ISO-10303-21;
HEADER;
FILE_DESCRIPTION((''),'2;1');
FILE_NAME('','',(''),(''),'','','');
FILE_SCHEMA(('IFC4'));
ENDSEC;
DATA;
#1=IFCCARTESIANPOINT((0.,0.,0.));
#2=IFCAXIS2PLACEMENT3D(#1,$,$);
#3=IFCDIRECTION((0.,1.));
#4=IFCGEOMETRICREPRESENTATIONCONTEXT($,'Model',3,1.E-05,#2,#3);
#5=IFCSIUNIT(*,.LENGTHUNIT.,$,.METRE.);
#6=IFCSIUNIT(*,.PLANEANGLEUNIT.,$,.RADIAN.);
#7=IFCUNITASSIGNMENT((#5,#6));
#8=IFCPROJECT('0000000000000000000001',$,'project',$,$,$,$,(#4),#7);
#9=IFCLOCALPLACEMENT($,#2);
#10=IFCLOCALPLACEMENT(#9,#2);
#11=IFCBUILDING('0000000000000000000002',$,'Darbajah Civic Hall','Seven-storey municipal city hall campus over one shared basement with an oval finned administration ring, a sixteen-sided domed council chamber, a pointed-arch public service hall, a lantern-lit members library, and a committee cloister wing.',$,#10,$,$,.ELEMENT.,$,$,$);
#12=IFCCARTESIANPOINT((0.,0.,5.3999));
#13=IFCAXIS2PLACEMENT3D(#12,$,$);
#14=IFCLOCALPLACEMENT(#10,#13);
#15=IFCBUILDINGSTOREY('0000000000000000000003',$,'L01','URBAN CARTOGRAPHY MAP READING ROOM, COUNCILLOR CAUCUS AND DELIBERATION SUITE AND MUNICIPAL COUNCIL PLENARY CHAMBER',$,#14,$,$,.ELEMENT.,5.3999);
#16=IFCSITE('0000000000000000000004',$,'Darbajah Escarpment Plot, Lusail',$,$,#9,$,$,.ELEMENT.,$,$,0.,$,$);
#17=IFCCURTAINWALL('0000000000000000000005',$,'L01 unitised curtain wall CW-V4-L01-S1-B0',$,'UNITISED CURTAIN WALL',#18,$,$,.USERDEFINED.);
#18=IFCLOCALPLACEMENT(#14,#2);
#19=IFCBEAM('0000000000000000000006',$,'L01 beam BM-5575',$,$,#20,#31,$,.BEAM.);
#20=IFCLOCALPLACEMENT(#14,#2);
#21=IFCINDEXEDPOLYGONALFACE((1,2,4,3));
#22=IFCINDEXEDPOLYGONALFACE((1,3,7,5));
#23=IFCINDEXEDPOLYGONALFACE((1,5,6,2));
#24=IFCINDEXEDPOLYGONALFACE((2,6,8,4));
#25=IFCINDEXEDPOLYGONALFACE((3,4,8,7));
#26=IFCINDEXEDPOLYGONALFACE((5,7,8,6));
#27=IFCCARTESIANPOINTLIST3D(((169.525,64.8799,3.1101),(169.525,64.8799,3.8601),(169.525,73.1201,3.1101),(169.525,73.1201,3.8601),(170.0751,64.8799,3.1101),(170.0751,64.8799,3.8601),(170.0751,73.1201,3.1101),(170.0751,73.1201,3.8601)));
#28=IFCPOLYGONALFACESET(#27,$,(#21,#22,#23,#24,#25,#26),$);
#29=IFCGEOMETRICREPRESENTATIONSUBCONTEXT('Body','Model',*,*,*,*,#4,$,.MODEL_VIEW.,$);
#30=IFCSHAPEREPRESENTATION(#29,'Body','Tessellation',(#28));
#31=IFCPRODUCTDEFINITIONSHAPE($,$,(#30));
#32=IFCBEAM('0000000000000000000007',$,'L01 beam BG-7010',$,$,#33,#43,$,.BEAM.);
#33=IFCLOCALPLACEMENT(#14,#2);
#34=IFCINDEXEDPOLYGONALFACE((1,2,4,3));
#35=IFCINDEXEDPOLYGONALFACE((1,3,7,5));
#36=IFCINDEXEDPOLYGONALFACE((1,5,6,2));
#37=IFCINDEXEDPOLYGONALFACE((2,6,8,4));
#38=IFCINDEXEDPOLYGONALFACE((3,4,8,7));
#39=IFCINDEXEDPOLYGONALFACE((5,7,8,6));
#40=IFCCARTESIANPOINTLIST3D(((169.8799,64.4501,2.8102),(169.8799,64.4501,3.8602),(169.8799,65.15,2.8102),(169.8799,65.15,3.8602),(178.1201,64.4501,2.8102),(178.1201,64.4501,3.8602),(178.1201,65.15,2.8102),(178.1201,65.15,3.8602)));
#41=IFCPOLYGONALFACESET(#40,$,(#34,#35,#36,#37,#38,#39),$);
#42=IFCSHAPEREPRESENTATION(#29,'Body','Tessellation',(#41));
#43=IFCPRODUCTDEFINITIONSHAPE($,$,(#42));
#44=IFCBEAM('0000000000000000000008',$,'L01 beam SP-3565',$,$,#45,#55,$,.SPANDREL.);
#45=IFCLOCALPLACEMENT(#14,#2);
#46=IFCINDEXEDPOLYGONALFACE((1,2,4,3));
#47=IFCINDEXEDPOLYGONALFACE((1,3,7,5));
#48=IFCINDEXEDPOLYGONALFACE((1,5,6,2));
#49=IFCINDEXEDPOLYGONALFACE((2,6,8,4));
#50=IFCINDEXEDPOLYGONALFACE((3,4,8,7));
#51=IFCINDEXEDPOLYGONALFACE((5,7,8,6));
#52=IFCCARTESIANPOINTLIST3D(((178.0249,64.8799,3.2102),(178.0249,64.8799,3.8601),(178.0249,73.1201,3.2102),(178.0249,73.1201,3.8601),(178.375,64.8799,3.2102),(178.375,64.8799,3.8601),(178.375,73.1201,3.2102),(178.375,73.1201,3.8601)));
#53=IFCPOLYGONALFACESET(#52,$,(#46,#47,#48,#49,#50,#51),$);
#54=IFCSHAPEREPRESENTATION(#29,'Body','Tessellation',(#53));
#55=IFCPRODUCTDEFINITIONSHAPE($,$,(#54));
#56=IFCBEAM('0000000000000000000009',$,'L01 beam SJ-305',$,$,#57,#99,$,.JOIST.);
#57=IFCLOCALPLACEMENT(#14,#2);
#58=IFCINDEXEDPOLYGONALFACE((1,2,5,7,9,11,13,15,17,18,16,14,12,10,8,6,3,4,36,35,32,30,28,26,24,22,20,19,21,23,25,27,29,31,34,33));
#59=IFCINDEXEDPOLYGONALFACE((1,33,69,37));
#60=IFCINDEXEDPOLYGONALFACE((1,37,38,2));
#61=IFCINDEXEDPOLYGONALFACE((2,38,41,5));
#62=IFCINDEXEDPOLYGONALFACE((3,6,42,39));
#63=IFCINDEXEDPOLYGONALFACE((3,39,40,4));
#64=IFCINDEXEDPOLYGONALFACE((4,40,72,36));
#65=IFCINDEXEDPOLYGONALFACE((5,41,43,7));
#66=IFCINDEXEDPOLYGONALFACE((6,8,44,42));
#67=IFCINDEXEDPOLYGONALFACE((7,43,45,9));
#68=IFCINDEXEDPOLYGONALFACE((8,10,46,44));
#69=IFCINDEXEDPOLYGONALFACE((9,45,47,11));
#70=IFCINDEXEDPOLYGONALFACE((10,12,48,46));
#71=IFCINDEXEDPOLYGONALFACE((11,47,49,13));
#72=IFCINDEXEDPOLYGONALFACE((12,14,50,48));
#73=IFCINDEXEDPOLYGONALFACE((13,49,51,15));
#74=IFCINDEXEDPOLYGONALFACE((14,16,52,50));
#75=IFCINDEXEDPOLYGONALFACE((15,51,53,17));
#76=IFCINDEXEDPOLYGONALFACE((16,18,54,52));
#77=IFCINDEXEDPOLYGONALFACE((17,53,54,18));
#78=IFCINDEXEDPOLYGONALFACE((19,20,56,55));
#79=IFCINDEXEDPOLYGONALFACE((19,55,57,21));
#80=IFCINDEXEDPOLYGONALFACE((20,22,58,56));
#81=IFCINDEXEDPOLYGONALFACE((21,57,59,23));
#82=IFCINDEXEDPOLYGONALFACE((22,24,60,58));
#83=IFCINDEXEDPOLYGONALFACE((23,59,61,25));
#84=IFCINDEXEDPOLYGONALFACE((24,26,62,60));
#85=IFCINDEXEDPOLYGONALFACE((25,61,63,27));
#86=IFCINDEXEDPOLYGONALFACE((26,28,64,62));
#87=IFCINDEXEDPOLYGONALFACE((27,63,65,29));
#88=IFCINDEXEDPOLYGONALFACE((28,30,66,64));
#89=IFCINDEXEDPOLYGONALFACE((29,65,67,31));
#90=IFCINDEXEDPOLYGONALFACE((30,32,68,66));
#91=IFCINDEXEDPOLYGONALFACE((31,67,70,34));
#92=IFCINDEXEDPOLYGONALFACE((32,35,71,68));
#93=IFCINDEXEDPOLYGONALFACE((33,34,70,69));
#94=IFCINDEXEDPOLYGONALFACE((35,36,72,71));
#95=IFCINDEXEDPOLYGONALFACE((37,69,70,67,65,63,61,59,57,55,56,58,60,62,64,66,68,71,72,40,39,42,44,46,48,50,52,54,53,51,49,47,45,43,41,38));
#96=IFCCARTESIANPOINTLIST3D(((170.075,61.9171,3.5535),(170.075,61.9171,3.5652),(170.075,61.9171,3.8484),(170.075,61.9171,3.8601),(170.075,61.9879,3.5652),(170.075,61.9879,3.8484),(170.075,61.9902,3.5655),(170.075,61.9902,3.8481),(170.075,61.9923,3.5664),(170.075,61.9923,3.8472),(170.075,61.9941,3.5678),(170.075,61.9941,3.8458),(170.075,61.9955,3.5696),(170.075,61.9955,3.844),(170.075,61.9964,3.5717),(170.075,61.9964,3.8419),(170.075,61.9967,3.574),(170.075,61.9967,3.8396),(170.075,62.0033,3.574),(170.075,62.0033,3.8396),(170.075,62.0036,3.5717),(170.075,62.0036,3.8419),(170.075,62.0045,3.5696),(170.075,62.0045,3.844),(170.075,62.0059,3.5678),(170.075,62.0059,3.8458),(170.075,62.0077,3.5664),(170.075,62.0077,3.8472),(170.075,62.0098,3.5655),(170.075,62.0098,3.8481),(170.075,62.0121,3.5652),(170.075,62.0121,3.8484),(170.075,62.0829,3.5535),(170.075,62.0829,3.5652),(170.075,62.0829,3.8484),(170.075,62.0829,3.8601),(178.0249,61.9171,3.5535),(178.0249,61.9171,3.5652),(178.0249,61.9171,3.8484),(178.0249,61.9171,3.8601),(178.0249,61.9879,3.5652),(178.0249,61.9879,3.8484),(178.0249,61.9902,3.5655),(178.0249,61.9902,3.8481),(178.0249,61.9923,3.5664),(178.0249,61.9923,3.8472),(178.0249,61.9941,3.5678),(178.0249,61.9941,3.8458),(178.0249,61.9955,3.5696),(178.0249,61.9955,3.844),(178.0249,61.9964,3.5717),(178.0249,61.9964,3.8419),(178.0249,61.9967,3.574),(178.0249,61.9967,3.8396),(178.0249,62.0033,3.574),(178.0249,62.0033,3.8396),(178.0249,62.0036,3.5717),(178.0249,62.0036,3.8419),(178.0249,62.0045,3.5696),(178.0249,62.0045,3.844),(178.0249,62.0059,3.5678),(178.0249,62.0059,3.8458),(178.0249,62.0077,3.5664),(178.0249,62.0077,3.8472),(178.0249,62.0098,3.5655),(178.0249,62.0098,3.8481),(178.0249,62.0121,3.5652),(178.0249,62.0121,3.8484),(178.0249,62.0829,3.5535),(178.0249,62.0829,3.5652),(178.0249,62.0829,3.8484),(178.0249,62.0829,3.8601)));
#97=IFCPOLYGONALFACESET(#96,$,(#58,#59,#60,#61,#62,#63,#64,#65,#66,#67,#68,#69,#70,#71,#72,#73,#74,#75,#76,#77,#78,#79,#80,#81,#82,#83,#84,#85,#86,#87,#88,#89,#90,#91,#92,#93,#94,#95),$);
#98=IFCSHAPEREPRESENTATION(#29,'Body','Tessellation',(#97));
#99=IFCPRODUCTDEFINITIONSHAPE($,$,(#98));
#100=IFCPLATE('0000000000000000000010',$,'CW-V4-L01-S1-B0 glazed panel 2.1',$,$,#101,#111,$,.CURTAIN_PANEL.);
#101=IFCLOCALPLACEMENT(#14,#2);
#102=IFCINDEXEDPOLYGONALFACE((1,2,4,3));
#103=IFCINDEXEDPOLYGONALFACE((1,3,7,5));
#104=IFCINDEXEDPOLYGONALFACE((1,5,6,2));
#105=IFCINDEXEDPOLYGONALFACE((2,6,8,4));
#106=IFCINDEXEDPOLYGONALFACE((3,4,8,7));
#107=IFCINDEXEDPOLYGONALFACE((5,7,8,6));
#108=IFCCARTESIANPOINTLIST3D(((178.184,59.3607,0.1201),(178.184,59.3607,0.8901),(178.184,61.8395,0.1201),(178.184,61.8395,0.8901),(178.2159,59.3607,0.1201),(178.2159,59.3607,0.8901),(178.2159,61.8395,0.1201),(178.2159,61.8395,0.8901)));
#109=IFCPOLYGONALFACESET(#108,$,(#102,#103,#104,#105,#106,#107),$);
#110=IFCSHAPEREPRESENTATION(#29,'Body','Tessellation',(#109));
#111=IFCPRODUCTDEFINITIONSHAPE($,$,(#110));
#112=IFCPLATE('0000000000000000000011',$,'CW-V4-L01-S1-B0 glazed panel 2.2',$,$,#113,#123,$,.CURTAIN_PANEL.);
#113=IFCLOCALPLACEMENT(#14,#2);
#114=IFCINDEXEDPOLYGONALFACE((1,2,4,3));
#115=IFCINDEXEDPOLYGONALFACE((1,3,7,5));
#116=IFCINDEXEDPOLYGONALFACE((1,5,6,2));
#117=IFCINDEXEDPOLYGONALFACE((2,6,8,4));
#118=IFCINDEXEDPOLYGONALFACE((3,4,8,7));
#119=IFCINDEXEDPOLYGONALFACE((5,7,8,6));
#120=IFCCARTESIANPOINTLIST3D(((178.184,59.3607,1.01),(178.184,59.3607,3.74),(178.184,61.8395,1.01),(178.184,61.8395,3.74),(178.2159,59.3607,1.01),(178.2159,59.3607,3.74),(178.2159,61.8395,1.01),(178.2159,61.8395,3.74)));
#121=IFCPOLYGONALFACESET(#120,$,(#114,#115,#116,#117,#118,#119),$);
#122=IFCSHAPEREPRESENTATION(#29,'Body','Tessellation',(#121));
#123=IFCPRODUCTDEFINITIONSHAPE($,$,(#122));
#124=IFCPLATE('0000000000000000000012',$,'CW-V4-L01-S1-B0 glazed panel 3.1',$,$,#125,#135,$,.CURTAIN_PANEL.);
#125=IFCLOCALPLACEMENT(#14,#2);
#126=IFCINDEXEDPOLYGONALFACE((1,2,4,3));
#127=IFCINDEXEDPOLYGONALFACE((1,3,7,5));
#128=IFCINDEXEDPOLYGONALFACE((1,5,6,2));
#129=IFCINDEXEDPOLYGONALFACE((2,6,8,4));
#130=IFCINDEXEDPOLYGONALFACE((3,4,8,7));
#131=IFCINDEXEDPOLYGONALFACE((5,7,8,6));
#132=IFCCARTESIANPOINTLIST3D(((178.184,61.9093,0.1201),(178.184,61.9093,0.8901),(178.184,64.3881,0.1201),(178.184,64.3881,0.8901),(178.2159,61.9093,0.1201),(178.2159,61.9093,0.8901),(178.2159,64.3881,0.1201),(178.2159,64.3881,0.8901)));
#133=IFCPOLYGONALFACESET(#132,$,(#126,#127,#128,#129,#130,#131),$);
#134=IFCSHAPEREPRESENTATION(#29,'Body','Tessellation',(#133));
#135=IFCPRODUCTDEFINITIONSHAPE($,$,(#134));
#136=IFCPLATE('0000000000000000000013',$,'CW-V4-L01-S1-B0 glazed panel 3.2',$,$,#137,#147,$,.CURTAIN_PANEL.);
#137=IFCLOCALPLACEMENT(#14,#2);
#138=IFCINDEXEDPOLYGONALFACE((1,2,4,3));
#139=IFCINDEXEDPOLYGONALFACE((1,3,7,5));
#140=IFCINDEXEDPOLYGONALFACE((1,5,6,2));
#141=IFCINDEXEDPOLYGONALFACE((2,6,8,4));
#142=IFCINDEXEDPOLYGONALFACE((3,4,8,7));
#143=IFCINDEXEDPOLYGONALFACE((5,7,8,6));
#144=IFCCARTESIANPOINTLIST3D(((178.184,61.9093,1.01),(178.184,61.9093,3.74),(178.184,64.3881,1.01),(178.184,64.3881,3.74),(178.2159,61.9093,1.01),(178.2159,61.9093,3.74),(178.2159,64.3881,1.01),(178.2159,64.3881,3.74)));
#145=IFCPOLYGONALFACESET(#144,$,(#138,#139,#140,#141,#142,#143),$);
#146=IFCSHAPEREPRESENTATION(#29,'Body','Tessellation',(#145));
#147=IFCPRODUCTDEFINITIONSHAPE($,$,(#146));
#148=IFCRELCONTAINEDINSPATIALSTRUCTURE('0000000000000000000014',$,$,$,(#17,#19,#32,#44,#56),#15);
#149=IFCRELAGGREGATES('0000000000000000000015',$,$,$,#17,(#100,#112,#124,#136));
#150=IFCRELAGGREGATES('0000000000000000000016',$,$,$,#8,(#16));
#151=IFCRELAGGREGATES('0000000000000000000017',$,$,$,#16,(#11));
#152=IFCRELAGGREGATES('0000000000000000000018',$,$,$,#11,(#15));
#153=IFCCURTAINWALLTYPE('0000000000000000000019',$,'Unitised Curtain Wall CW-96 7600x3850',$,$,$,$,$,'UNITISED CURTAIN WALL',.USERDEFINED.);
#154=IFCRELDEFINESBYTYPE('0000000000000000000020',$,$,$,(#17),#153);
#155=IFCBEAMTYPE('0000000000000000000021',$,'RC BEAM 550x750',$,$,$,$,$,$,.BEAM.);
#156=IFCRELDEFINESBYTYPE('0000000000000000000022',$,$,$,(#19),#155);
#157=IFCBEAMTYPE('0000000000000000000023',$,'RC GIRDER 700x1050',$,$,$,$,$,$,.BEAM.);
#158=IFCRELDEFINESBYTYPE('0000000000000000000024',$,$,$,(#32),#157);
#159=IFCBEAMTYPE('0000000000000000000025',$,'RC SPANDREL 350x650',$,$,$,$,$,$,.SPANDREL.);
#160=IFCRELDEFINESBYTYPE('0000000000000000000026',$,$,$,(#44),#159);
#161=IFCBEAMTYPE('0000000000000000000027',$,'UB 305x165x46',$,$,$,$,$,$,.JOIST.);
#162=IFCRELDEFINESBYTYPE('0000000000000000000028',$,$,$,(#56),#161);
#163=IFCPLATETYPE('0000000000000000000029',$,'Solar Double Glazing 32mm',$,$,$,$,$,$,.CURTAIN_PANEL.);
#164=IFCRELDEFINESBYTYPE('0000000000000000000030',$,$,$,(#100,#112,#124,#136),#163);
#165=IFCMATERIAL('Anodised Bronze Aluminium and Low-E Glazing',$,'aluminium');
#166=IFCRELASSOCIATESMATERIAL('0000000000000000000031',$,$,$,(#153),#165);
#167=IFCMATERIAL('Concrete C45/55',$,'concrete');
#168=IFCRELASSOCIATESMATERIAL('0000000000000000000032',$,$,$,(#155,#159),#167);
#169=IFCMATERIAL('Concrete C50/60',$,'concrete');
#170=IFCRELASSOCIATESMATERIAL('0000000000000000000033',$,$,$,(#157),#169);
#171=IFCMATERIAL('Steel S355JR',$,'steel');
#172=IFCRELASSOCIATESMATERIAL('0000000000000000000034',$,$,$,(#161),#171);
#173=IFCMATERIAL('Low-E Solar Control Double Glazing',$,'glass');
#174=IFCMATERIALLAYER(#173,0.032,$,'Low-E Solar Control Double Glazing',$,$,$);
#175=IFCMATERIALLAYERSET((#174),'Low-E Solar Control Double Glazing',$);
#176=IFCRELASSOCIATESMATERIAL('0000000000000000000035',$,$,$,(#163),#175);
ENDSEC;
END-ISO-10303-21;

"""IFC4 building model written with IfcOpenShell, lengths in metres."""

from ifc_helpers import new_model, si_unit, direction, frame, origin, origin_2d, place, context, subcontext, project, spatial, rectangle, i_section, extrude, material, layer, layer_set, material_profile, profile_set, type_object, element, aggregate, save


model = new_model("IFC4")

# Units and contexts
model_context = context("Model", 3, precision=1e-05, world=origin(), true_north=direction((0.0, 1.0)))
body_context = subcontext(model_context, "Body", "Model", "MODEL_VIEW")
ifc_project = project(units=[si_unit("LENGTHUNIT", "METRE"), si_unit("PLANEANGLEUNIT", "RADIAN")], contexts=[model_context])

# Site, building, storey
site_placement = place(None, origin())
site = spatial("IfcSite", under=ifc_project, at=site_placement, Name="Darbajah Escarpment Plot, Lusail", CompositionType="ELEMENT", RefElevation=0.0)
building_placement = place(site_placement, origin())
building = spatial("IfcBuilding", under=site, at=building_placement, Name="Darbajah Civic Hall", Description="Seven-storey municipal city hall campus over one shared basement with an oval finned administration ring, a sixteen-sided domed council chamber, a pointed-arch public service hall, a lantern-lit members library, and a committee cloister wing.", CompositionType="ELEMENT")
storey_placement = place(building_placement, frame((0.0, 0.0, 5.3999)))
storey = spatial("IfcBuildingStorey", under=building, at=storey_placement, Name="L01", Description="URBAN CARTOGRAPHY MAP READING ROOM, COUNCILLOR CAUCUS AND DELIBERATION SUITE AND MUNICIPAL COUNCIL PLENARY CHAMBER", CompositionType="ELEMENT", Elevation=5.3999)

# Shared definitions
ifc_material_1 = material(Name="Concrete C50/60", Category="concrete")

# Curtain wall
ifc_material_2 = material(Name="Anodised Bronze Aluminium and Low-E Glazing", Category="aluminium")
curtain_wall_type = type_object("IfcCurtainWallType", Name="Unitised Curtain Wall CW-96 7600x3850", ElementType="UNITISED CURTAIN WALL", PredefinedType="USERDEFINED", material=ifc_material_2)
curtain_wall_1_placement = place(storey_placement, origin())
curtain_wall_1 = element("IfcCurtainWall", 1, at=curtain_wall_1_placement, inside=storey, type_object=curtain_wall_type, Name="L01 unitised curtain wall CW-V4-L01-S1-B0", ObjectType="UNITISED CURTAIN WALL", PredefinedType="USERDEFINED")

# Beams
ifc_material_3 = material(Name="Concrete C45/55", Category="concrete")
ifc_material_profile_1 = material_profile(ifc_material_3, rectangle(XDim=0.55, YDim=0.75, at=origin_2d()), Name="RC BEAM 550x750")
ifc_profile_set_1 = profile_set([ifc_material_profile_1], Name="Concrete C45/55")
beam_type_1 = type_object("IfcBeamType", Name="RC BEAM 550x750", PredefinedType="BEAM", material=ifc_profile_set_1)
beam_1_placement = place(storey_placement, frame((169.8, 64.8799, 3.4851), z_axis=(0.0, 1.0, 0.0), x_axis=(-1.0, 0.0, 0.0)))
element("IfcBeam", 2, at=beam_1_placement, inside=storey, type_object=beam_type_1, Name="L01 beam BM-5575", PredefinedType="BEAM", context=body_context, shape_type="SweptSolid", body=[
    extrude(rectangle(XDim=0.55, YDim=0.75, at=origin_2d()), origin(), (0.0, 0.0, 1.0), 8.2402),
])
ifc_material_profile_2 = material_profile(ifc_material_1, rectangle(XDim=0.7, YDim=1.05, at=origin_2d()), Name="RC GIRDER 700x1050")
ifc_profile_set_2 = profile_set([ifc_material_profile_2], Name="Concrete C50/60")
beam_type_2 = type_object("IfcBeamType", Name="RC GIRDER 700x1050", PredefinedType="BEAM", material=ifc_profile_set_2)
beam_2_placement = place(storey_placement, frame((169.8799, 64.8, 3.3352), z_axis=(1.0, 0.0, 0.0), x_axis=(0.0, 1.0, 0.0)))
element("IfcBeam", 3, at=beam_2_placement, inside=storey, type_object=beam_type_2, Name="L01 beam BG-7010", PredefinedType="BEAM", context=body_context, shape_type="SweptSolid", body=[
    extrude(rectangle(XDim=0.7, YDim=1.05, at=origin_2d()), origin(), (0.0, 0.0, 1.0), 8.2402),
])
ifc_material_profile_3 = material_profile(ifc_material_3, rectangle(XDim=0.3501, YDim=0.6499, at=origin_2d()), Name="RC SPANDREL 350x650")
ifc_profile_set_3 = profile_set([ifc_material_profile_3], Name="Concrete C45/55")
beam_type_3 = type_object("IfcBeamType", Name="RC SPANDREL 350x650", PredefinedType="SPANDREL", material=ifc_profile_set_3)
beam_3_placement = place(storey_placement, frame((178.2, 64.8799, 3.5352), z_axis=(0.0, 1.0, 0.0), x_axis=(-1.0, 0.0, 0.0)))
element("IfcBeam", 4, at=beam_3_placement, inside=storey, type_object=beam_type_3, Name="L01 beam SP-3565", PredefinedType="SPANDREL", context=body_context, shape_type="SweptSolid", body=[
    extrude(rectangle(XDim=0.3501, YDim=0.6499, at=origin_2d()), origin(), (0.0, 0.0, 1.0), 8.2402),
])
ifc_material_4 = material(Name="Steel S355JR", Category="steel")
ifc_material_profile_4 = material_profile(ifc_material_4, i_section(OverallWidth=0.1658, OverallDepth=0.3066, WebThickness=0.0066, FlangeThickness=0.0117, FilletRadius=0.0088, at=origin_2d()), Name="UB 305x165x46")
ifc_profile_set_4 = profile_set([ifc_material_profile_4], Name="Steel S355JR")
beam_type_4 = type_object("IfcBeamType", Name="UB 305x165x46", PredefinedType="JOIST", material=ifc_profile_set_4)
beam_4_placement = place(storey_placement, frame((170.075, 62.0, 3.7068), z_axis=(1.0, 0.0, 0.0), x_axis=(0.0, 1.0, 0.0)))
element("IfcBeam", 5, at=beam_4_placement, inside=storey, type_object=beam_type_4, Name="L01 beam SJ-305", PredefinedType="JOIST", context=body_context, shape_type="SweptSolid", body=[
    extrude(i_section(OverallWidth=0.1658, OverallDepth=0.3066, WebThickness=0.0066, FlangeThickness=0.0117, FilletRadius=0.0088, at=origin_2d()), origin(), (0.0, 0.0, 1.0), 7.95),
])

# Plates
ifc_material_5 = material(Name="Low-E Solar Control Double Glazing", Category="glass")
ifc_layer = layer(ifc_material_5, 0.032, Name="Low-E Solar Control Double Glazing")
ifc_layer_set = layer_set([ifc_layer], Name="Low-E Solar Control Double Glazing")
plate_type = type_object("IfcPlateType", Name="Solar Double Glazing 32mm", PredefinedType="CURTAIN_PANEL", material=ifc_layer_set)
plate_1_placement = place(storey_placement, frame((178.2, 60.6001, 0.1201), z_axis=(0.0, 0.0, 1.0), x_axis=(0.0, 1.0, 0.0)))
plate_1 = element("IfcPlate", 6, at=plate_1_placement, type_object=plate_type, Name="CW-V4-L01-S1-B0 glazed panel 2.1", PredefinedType="CURTAIN_PANEL", context=body_context, shape_type="SweptSolid", body=[
    extrude(rectangle(XDim=2.4788, YDim=0.032, at=origin_2d()), origin(), (0.0, 0.0, 1.0), 0.77),
])
plate_2_placement = place(storey_placement, frame((178.2, 60.6001, 1.01), z_axis=(0.0, 0.0, 1.0), x_axis=(0.0, 1.0, 0.0)))
plate_2 = element("IfcPlate", 7, at=plate_2_placement, type_object=plate_type, Name="CW-V4-L01-S1-B0 glazed panel 2.2", PredefinedType="CURTAIN_PANEL", context=body_context, shape_type="SweptSolid", body=[
    extrude(rectangle(XDim=2.4788, YDim=0.032, at=origin_2d()), origin(), (0.0, 0.0, 1.0), 2.73),
])
plate_3_placement = place(storey_placement, frame((178.2, 63.1487, 0.1201), z_axis=(0.0, 0.0, 1.0), x_axis=(0.0, 1.0, 0.0)))
plate_3 = element("IfcPlate", 8, at=plate_3_placement, type_object=plate_type, Name="CW-V4-L01-S1-B0 glazed panel 3.1", PredefinedType="CURTAIN_PANEL", context=body_context, shape_type="SweptSolid", body=[
    extrude(rectangle(XDim=2.4788, YDim=0.032, at=origin_2d()), origin(), (0.0, 0.0, 1.0), 0.77),
])
plate_4_placement = place(storey_placement, frame((178.2, 63.1487, 1.01), z_axis=(0.0, 0.0, 1.0), x_axis=(0.0, 1.0, 0.0)))
plate_4 = element("IfcPlate", 9, at=plate_4_placement, type_object=plate_type, Name="CW-V4-L01-S1-B0 glazed panel 3.2", PredefinedType="CURTAIN_PANEL", context=body_context, shape_type="SweptSolid", body=[
    extrude(rectangle(XDim=2.4788, YDim=0.032, at=origin_2d()), origin(), (0.0, 0.0, 1.0), 2.73),
])
aggregate(curtain_wall_1, [plate_1, plate_2, plate_3, plate_4])

save(model, "model.ifc")
